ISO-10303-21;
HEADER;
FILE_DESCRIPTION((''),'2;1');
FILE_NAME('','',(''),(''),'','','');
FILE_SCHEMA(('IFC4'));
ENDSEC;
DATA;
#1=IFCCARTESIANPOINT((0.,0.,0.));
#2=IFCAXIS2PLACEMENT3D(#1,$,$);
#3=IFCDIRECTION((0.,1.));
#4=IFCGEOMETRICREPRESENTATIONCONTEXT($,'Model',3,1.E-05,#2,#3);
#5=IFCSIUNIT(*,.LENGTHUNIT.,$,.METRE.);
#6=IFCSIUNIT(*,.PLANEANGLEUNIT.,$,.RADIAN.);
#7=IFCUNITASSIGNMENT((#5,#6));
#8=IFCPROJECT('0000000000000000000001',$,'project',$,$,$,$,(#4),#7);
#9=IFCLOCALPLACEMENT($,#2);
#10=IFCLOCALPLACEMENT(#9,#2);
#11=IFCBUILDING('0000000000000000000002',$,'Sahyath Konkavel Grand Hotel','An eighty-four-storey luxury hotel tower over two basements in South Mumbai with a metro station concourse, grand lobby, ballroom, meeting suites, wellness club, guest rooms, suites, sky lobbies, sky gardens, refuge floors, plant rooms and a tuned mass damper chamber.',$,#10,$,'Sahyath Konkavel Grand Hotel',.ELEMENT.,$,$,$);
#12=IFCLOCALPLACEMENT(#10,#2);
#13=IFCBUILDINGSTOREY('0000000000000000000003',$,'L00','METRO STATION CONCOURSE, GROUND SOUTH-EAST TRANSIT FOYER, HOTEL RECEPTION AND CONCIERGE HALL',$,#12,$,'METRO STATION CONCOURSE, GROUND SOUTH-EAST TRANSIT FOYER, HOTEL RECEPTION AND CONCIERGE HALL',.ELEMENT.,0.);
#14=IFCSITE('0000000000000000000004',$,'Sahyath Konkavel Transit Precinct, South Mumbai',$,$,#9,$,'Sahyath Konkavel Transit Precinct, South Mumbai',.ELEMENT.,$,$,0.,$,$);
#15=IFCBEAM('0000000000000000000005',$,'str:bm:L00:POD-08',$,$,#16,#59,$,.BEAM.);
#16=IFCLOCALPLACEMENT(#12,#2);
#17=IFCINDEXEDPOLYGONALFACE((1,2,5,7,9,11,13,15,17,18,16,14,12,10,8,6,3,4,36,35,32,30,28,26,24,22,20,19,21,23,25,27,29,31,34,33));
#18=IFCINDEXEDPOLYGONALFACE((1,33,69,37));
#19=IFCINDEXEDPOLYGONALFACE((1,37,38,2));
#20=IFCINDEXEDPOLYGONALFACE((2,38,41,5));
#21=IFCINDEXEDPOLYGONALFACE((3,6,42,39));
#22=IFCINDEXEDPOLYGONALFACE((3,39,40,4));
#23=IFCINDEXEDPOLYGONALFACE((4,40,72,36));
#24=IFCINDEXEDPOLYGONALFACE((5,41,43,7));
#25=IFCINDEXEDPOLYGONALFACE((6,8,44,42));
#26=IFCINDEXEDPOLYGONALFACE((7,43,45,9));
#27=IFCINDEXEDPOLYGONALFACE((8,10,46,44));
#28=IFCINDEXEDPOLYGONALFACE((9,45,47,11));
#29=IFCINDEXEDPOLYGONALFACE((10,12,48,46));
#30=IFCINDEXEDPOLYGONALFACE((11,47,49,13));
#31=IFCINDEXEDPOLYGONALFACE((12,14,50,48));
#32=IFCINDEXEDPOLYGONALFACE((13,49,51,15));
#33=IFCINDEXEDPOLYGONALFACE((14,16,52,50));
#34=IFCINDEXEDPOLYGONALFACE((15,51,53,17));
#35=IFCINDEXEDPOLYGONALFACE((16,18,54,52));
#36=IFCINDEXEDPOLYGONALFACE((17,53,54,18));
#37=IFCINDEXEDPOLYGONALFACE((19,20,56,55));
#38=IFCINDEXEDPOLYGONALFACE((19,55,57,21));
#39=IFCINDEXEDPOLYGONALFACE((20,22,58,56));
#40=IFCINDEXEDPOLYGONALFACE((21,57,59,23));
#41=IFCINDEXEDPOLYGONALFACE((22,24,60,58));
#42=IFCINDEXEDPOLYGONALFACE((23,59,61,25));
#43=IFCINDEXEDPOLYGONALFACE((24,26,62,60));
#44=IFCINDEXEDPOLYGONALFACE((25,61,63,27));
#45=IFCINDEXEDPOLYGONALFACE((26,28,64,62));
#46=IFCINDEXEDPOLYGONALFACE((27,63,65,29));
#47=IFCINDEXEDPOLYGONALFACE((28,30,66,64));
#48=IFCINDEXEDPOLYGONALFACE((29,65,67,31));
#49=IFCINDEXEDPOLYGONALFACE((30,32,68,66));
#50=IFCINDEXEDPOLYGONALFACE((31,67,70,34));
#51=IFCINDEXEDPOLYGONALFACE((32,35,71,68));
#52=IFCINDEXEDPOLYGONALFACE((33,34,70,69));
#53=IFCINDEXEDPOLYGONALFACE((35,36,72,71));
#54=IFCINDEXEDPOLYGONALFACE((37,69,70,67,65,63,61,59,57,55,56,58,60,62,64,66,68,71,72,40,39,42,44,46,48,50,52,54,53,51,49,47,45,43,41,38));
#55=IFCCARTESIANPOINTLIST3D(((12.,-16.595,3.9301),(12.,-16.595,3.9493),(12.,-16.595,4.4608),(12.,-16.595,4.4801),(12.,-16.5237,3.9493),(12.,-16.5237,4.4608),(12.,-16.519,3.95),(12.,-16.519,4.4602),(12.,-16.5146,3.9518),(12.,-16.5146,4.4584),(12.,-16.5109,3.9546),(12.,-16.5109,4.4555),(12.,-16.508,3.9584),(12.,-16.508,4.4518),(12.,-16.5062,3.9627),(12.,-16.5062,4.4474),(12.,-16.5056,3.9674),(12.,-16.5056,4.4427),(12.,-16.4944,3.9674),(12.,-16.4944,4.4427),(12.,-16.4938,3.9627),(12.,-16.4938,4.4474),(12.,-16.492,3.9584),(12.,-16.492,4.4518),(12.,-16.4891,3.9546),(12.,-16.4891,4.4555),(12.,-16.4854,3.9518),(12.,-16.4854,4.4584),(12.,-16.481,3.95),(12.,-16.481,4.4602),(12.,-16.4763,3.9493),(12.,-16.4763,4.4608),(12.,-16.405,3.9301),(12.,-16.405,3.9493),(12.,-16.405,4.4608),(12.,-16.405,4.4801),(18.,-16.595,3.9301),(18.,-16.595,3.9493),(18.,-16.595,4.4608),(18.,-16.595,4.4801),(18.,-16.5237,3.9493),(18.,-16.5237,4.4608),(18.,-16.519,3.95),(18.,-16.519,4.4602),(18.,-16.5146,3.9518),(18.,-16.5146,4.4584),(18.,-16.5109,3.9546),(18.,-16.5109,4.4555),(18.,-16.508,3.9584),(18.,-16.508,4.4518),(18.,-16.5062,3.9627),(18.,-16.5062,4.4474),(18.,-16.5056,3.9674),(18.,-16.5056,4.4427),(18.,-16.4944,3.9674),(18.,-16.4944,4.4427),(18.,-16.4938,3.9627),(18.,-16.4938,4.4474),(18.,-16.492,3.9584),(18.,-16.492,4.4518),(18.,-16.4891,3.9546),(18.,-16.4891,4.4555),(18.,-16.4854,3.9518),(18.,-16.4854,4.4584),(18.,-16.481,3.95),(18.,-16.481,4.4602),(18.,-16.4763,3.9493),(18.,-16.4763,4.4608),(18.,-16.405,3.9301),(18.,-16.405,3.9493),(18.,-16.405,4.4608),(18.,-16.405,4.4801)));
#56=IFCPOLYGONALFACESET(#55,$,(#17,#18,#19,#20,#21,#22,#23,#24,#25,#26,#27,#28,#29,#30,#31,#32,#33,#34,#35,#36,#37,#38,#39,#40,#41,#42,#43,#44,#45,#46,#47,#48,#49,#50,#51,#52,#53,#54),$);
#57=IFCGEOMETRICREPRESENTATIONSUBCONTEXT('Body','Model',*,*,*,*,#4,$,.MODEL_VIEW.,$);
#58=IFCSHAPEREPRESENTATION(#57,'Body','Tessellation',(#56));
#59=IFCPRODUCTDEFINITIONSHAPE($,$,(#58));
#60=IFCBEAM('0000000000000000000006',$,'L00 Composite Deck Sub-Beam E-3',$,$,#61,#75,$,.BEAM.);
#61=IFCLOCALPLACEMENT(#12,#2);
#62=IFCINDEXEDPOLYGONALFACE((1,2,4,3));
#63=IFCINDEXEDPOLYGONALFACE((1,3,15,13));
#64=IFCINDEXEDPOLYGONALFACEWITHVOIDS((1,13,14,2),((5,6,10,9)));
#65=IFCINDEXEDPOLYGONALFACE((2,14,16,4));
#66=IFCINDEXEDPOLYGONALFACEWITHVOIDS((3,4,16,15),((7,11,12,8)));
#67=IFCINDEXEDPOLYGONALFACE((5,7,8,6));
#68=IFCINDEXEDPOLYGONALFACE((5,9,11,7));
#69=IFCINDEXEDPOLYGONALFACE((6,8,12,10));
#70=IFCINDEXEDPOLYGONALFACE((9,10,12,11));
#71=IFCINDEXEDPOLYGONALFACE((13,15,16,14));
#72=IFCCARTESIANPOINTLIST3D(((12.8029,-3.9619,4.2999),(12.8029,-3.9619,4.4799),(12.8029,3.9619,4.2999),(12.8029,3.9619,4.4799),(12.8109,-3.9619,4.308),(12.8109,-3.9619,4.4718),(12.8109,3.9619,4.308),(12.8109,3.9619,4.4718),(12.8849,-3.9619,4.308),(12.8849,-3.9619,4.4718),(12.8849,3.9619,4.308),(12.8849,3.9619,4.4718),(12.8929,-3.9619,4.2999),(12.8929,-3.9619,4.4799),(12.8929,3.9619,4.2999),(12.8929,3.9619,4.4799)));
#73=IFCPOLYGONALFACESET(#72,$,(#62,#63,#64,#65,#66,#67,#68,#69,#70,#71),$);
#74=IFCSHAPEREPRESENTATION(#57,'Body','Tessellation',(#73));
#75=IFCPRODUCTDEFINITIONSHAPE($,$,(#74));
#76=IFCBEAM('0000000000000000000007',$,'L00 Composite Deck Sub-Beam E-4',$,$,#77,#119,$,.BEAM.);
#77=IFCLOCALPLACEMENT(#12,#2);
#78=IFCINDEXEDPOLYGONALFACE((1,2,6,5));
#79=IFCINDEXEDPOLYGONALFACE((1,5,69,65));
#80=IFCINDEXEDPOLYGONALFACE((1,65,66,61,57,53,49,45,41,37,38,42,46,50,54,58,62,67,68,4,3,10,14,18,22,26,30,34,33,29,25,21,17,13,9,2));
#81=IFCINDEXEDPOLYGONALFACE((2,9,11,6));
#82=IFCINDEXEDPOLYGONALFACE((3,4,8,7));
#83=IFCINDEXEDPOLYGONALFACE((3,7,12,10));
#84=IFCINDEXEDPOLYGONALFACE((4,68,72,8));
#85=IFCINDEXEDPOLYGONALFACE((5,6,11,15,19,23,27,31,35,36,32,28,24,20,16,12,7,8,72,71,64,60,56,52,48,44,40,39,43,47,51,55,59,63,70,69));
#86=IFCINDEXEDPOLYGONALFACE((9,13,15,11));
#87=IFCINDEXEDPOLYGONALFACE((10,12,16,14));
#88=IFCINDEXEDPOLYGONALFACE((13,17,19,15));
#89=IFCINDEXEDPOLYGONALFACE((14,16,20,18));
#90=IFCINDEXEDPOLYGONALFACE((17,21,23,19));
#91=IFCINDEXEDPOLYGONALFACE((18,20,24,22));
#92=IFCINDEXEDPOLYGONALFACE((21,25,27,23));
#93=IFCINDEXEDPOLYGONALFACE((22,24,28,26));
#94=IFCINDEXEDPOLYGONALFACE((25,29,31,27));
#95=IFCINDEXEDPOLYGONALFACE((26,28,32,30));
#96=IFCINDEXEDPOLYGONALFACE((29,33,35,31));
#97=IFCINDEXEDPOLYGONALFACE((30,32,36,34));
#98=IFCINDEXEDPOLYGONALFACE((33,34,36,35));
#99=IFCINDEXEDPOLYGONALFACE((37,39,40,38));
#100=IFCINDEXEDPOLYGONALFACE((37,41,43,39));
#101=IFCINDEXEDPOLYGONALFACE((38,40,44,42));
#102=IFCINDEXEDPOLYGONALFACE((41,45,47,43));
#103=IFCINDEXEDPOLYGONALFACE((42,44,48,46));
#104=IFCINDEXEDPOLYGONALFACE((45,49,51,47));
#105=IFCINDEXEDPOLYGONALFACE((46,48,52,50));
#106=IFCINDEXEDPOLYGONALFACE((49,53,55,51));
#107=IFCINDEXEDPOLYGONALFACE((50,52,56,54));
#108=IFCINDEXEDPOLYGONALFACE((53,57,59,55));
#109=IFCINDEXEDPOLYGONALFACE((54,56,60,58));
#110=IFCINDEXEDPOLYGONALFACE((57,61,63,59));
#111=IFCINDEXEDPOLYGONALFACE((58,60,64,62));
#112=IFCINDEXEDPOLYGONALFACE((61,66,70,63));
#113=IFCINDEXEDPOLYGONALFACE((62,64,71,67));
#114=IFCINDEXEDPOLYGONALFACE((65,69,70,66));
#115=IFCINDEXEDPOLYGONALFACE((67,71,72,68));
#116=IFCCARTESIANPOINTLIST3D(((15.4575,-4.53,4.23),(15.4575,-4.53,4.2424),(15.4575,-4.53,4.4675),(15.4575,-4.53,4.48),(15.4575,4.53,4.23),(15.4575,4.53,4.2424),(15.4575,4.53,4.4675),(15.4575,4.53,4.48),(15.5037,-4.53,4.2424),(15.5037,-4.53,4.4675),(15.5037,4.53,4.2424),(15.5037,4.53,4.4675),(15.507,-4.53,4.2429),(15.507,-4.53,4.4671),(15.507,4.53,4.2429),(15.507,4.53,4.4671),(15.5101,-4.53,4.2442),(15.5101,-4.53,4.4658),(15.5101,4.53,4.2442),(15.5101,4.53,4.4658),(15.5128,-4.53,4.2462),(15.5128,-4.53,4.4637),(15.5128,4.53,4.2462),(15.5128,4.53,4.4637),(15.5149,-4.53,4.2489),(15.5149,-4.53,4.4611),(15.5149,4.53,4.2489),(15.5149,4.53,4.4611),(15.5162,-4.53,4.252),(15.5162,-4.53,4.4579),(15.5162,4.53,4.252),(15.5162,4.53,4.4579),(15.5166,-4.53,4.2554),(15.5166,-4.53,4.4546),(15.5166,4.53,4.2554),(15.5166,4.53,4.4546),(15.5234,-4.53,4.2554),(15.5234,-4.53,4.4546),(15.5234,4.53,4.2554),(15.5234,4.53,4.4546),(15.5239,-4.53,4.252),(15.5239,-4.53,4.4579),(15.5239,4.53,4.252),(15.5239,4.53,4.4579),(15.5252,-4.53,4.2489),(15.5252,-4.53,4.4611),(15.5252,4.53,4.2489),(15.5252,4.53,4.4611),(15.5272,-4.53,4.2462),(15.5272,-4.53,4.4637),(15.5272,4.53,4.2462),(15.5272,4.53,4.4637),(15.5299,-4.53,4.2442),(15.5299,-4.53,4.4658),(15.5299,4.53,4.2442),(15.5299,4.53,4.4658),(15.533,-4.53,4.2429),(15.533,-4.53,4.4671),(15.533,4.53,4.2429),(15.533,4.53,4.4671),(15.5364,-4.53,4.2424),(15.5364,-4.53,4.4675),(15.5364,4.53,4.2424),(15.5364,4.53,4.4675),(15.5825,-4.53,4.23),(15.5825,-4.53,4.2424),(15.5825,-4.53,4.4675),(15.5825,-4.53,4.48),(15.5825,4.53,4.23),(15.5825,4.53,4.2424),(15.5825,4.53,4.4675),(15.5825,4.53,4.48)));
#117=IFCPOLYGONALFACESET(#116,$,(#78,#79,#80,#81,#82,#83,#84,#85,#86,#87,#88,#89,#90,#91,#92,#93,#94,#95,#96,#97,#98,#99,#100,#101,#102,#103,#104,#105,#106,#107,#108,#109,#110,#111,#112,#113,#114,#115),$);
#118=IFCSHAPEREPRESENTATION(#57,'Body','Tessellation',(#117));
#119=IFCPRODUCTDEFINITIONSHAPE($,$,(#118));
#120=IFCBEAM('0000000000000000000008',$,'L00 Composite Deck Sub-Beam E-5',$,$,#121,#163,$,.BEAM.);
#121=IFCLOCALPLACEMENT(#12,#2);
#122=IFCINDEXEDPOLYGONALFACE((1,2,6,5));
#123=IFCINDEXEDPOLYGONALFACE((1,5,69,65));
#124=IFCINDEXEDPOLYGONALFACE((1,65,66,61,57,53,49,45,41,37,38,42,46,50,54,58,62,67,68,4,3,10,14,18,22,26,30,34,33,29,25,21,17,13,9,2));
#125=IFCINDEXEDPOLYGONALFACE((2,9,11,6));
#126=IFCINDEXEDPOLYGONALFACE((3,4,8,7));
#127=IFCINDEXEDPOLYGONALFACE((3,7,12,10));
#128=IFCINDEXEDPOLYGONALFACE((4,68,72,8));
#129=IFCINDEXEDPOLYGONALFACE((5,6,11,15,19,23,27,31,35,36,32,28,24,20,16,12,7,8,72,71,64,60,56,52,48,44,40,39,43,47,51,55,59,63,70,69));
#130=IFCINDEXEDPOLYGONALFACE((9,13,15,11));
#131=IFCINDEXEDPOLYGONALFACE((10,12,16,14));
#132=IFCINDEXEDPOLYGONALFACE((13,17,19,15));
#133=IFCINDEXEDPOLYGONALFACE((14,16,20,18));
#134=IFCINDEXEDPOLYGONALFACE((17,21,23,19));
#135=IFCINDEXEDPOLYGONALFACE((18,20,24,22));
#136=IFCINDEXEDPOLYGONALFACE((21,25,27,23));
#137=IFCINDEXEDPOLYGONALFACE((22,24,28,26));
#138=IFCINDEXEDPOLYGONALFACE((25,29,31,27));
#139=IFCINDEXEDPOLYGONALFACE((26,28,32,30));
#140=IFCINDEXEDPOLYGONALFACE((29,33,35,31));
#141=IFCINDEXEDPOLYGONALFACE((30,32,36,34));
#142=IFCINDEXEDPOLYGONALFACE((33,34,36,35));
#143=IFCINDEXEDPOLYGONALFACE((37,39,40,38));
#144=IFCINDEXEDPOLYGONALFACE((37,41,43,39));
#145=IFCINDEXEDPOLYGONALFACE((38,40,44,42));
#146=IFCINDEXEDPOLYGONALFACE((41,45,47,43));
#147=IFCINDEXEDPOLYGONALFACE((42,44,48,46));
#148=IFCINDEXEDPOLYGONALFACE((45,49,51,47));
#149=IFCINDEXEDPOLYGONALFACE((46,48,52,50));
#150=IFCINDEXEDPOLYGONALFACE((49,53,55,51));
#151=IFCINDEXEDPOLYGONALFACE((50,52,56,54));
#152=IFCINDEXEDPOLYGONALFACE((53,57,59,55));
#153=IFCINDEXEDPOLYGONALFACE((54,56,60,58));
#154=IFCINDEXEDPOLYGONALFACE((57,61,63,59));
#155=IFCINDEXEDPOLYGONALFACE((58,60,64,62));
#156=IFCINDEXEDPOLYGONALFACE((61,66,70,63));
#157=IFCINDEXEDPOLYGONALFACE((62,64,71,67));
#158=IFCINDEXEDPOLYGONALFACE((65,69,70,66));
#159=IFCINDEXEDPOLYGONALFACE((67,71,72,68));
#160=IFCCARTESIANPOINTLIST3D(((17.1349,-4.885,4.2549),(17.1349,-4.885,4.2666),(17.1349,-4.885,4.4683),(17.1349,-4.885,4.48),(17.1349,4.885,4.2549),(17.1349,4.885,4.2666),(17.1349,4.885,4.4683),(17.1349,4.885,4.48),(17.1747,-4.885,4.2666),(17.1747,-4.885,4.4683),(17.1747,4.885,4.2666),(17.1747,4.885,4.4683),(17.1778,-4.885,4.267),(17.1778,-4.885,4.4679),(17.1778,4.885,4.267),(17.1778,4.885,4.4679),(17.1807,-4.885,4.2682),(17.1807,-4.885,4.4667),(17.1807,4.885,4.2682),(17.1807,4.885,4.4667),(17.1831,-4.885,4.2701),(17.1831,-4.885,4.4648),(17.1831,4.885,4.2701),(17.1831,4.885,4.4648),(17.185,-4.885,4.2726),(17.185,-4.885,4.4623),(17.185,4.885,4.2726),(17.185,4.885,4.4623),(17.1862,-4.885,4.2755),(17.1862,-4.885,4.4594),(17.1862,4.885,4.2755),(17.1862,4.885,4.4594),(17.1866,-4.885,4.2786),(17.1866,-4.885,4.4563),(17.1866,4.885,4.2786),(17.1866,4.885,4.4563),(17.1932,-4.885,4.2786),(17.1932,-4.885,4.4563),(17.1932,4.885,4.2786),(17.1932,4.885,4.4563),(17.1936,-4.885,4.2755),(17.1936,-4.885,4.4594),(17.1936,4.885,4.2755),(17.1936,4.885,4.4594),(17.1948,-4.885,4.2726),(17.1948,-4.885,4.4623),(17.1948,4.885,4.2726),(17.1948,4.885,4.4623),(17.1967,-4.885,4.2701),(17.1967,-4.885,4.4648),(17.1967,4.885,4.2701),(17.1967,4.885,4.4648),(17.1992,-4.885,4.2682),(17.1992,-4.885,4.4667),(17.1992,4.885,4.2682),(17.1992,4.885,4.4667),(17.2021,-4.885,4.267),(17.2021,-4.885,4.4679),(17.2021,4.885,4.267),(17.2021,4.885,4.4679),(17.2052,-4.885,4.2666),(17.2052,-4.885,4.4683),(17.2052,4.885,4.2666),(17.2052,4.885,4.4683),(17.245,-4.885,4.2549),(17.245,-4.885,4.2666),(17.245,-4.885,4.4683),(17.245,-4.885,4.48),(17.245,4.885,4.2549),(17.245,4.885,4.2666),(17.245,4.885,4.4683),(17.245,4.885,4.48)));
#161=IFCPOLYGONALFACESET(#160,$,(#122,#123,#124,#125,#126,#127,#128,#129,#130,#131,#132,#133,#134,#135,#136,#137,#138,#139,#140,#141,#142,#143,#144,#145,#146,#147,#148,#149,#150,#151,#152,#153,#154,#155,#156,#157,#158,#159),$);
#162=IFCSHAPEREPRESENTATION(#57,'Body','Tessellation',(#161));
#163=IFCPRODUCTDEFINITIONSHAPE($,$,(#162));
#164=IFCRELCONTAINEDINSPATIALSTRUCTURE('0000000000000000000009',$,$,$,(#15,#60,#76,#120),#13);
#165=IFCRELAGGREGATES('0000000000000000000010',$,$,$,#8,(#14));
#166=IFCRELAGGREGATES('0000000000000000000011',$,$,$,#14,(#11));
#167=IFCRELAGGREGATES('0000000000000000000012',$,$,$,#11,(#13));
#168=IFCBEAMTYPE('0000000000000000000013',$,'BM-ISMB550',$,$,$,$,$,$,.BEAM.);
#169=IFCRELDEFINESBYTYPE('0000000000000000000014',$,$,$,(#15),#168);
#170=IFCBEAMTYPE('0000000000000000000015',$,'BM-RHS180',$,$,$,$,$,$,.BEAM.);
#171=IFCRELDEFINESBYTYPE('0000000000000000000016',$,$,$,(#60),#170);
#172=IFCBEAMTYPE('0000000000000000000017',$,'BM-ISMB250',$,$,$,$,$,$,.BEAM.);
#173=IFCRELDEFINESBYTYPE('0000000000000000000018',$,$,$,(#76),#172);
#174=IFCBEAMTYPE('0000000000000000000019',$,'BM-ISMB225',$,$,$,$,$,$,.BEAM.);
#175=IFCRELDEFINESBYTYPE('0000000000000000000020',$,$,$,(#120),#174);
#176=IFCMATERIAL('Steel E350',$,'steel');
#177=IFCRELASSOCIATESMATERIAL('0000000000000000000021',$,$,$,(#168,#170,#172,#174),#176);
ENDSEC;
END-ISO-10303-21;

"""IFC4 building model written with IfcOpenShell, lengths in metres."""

from ifc_helpers import new_model, si_unit, direction, frame, origin, origin_2d, place, context, subcontext, project, spatial, hollow_rectangle, i_section, extrude, source, transform, mapped, material, material_profile, profile_set, type_object, element, save


model = new_model("IFC4")

# Units and contexts
model_context = context("Model", 3, precision=1e-05, world=origin(), true_north=direction((0.0, 1.0)))
body_context = subcontext(model_context, "Body", "Model", "MODEL_VIEW")
ifc_project = project(units=[si_unit("LENGTHUNIT", "METRE"), si_unit("PLANEANGLEUNIT", "RADIAN")], contexts=[model_context])

# Site, building, storey
site_placement = place(None, origin())
site = spatial("IfcSite", under=ifc_project, at=site_placement, Name="Sahyath Konkavel Transit Precinct, South Mumbai", LongName="Sahyath Konkavel Transit Precinct, South Mumbai", CompositionType="ELEMENT", RefElevation=0.0)
building_placement = place(site_placement, origin())
building = spatial("IfcBuilding", under=site, at=building_placement, Name="Sahyath Konkavel Grand Hotel", Description="An eighty-four-storey luxury hotel tower over two basements in South Mumbai with a metro station concourse, grand lobby, ballroom, meeting suites, wellness club, guest rooms, suites, sky lobbies, sky gardens, refuge floors, plant rooms and a tuned mass damper chamber.", LongName="Sahyath Konkavel Grand Hotel", CompositionType="ELEMENT")
storey_placement = place(building_placement, origin())
storey = spatial("IfcBuildingStorey", under=building, at=storey_placement, Name="L00", Description="METRO STATION CONCOURSE, GROUND SOUTH-EAST TRANSIT FOYER, HOTEL RECEPTION AND CONCIERGE HALL", LongName="METRO STATION CONCOURSE, GROUND SOUTH-EAST TRANSIT FOYER, HOTEL RECEPTION AND CONCIERGE HALL", CompositionType="ELEMENT", Elevation=0.0)

# Shared definitions
ifc_material_1 = material(Name="Steel E350", Category="steel")

# Beams
ifc_material_profile_1 = material_profile(ifc_material_1, i_section(OverallWidth=0.1899, OverallDepth=0.55, WebThickness=0.0112, FlangeThickness=0.0193, FilletRadius=0.0181, at=origin_2d()), Name="ISMB 550")
ifc_profile_set_1 = profile_set([ifc_material_profile_1], Name="Steel E350")
beam_type_1 = type_object("IfcBeamType", Name="BM-ISMB550", PredefinedType="BEAM", material=ifc_profile_set_1)
shared_shape_1 = source(origin(), body_context, "Body", "SweptSolid", [
    extrude(i_section(OverallWidth=0.1899, OverallDepth=0.55, WebThickness=0.0112, FlangeThickness=0.0193, FilletRadius=0.0181, at=origin_2d()), origin(), (0.0, 0.0, 1.0), 6.0),
])
beam_1_placement = place(storey_placement, frame((12.0, -16.5, 4.2051), z_axis=(1.0, 0.0, 0.0), x_axis=(0.0, 1.0, 0.0)))
element("IfcBeam", 1, at=beam_1_placement, inside=storey, type_object=beam_type_1, Name="str:bm:L00:POD-08", PredefinedType="BEAM", context=body_context, shape_type="MappedRepresentation", body=[
    mapped(shared_shape_1, transform((0.0, 0.0, 0.0), scale=1.0)),
])
ifc_material_profile_2 = material_profile(ifc_material_1, hollow_rectangle(XDim=0.0901, YDim=0.1799, WallThickness=0.0081, at=origin_2d()), Name="RHS 180x90x8")
ifc_profile_set_2 = profile_set([ifc_material_profile_2], Name="Steel E350")
beam_type_2 = type_object("IfcBeamType", Name="BM-RHS180", PredefinedType="BEAM", material=ifc_profile_set_2)
shared_shape_2 = source(origin(), body_context, "Body", "SweptSolid", [
    extrude(hollow_rectangle(XDim=0.0901, YDim=0.1799, WallThickness=0.0081, at=origin_2d()), origin(), (0.0, 0.0, 1.0), 7.9238),
])
beam_2_placement = place(storey_placement, frame((12.8479, -3.9619, 4.3899), z_axis=(0.0, 1.0, 0.0), x_axis=(-1.0, 0.0, 0.0)))
element("IfcBeam", 2, at=beam_2_placement, inside=storey, type_object=beam_type_2, Name="L00 Composite Deck Sub-Beam E-3", PredefinedType="BEAM", context=body_context, shape_type="MappedRepresentation", body=[
    mapped(shared_shape_2, transform((0.0, 0.0, 0.0), scale=1.0)),
])
ifc_material_profile_3 = material_profile(ifc_material_1, i_section(OverallWidth=0.125, OverallDepth=0.25, WebThickness=0.0068, FlangeThickness=0.0125, FilletRadius=0.0129, at=origin_2d()), Name="ISMB 250")
ifc_profile_set_3 = profile_set([ifc_material_profile_3], Name="Steel E350")
beam_type_3 = type_object("IfcBeamType", Name="BM-ISMB250", PredefinedType="BEAM", material=ifc_profile_set_3)
shared_shape_3 = source(origin(), body_context, "Body", "SweptSolid", [
    extrude(i_section(OverallWidth=0.125, OverallDepth=0.25, WebThickness=0.0068, FlangeThickness=0.0125, FilletRadius=0.0129, at=origin_2d()), origin(), (0.0, 0.0, 1.0), 9.0601),
])
beam_3_placement = place(storey_placement, frame((15.52, -4.53, 4.355), z_axis=(0.0, 1.0, 0.0), x_axis=(-1.0, 0.0, 0.0)))
element("IfcBeam", 3, at=beam_3_placement, inside=storey, type_object=beam_type_3, Name="L00 Composite Deck Sub-Beam E-4", PredefinedType="BEAM", context=body_context, shape_type="MappedRepresentation", body=[
    mapped(shared_shape_3, transform((0.0, 0.0, 0.0), scale=1.0)),
])
ifc_material_profile_4 = material_profile(ifc_material_1, i_section(OverallWidth=0.1101, OverallDepth=0.2251, WebThickness=0.0066, FlangeThickness=0.0117, FilletRadius=0.012, at=origin_2d()), Name="ISMB 225")
ifc_profile_set_4 = profile_set([ifc_material_profile_4], Name="Steel E350")
beam_type_4 = type_object("IfcBeamType", Name="BM-ISMB225", PredefinedType="BEAM", material=ifc_profile_set_4)
shared_shape_4 = source(origin(), body_context, "Body", "SweptSolid", [
    extrude(i_section(OverallWidth=0.1101, OverallDepth=0.2251, WebThickness=0.0066, FlangeThickness=0.0117, FilletRadius=0.012, at=origin_2d()), origin(), (0.0, 0.0, 1.0), 9.77),
])
beam_4_placement = place(storey_placement, frame((17.1899, -4.885, 4.3674), z_axis=(0.0, 1.0, 0.0), x_axis=(-1.0, 0.0, 0.0)))
element("IfcBeam", 4, at=beam_4_placement, inside=storey, type_object=beam_type_4, Name="L00 Composite Deck Sub-Beam E-5", PredefinedType="BEAM", context=body_context, shape_type="MappedRepresentation", body=[
    mapped(shared_shape_4, transform((0.0, 0.0, 0.0), scale=1.0)),
])

save(model, "model.ifc")
